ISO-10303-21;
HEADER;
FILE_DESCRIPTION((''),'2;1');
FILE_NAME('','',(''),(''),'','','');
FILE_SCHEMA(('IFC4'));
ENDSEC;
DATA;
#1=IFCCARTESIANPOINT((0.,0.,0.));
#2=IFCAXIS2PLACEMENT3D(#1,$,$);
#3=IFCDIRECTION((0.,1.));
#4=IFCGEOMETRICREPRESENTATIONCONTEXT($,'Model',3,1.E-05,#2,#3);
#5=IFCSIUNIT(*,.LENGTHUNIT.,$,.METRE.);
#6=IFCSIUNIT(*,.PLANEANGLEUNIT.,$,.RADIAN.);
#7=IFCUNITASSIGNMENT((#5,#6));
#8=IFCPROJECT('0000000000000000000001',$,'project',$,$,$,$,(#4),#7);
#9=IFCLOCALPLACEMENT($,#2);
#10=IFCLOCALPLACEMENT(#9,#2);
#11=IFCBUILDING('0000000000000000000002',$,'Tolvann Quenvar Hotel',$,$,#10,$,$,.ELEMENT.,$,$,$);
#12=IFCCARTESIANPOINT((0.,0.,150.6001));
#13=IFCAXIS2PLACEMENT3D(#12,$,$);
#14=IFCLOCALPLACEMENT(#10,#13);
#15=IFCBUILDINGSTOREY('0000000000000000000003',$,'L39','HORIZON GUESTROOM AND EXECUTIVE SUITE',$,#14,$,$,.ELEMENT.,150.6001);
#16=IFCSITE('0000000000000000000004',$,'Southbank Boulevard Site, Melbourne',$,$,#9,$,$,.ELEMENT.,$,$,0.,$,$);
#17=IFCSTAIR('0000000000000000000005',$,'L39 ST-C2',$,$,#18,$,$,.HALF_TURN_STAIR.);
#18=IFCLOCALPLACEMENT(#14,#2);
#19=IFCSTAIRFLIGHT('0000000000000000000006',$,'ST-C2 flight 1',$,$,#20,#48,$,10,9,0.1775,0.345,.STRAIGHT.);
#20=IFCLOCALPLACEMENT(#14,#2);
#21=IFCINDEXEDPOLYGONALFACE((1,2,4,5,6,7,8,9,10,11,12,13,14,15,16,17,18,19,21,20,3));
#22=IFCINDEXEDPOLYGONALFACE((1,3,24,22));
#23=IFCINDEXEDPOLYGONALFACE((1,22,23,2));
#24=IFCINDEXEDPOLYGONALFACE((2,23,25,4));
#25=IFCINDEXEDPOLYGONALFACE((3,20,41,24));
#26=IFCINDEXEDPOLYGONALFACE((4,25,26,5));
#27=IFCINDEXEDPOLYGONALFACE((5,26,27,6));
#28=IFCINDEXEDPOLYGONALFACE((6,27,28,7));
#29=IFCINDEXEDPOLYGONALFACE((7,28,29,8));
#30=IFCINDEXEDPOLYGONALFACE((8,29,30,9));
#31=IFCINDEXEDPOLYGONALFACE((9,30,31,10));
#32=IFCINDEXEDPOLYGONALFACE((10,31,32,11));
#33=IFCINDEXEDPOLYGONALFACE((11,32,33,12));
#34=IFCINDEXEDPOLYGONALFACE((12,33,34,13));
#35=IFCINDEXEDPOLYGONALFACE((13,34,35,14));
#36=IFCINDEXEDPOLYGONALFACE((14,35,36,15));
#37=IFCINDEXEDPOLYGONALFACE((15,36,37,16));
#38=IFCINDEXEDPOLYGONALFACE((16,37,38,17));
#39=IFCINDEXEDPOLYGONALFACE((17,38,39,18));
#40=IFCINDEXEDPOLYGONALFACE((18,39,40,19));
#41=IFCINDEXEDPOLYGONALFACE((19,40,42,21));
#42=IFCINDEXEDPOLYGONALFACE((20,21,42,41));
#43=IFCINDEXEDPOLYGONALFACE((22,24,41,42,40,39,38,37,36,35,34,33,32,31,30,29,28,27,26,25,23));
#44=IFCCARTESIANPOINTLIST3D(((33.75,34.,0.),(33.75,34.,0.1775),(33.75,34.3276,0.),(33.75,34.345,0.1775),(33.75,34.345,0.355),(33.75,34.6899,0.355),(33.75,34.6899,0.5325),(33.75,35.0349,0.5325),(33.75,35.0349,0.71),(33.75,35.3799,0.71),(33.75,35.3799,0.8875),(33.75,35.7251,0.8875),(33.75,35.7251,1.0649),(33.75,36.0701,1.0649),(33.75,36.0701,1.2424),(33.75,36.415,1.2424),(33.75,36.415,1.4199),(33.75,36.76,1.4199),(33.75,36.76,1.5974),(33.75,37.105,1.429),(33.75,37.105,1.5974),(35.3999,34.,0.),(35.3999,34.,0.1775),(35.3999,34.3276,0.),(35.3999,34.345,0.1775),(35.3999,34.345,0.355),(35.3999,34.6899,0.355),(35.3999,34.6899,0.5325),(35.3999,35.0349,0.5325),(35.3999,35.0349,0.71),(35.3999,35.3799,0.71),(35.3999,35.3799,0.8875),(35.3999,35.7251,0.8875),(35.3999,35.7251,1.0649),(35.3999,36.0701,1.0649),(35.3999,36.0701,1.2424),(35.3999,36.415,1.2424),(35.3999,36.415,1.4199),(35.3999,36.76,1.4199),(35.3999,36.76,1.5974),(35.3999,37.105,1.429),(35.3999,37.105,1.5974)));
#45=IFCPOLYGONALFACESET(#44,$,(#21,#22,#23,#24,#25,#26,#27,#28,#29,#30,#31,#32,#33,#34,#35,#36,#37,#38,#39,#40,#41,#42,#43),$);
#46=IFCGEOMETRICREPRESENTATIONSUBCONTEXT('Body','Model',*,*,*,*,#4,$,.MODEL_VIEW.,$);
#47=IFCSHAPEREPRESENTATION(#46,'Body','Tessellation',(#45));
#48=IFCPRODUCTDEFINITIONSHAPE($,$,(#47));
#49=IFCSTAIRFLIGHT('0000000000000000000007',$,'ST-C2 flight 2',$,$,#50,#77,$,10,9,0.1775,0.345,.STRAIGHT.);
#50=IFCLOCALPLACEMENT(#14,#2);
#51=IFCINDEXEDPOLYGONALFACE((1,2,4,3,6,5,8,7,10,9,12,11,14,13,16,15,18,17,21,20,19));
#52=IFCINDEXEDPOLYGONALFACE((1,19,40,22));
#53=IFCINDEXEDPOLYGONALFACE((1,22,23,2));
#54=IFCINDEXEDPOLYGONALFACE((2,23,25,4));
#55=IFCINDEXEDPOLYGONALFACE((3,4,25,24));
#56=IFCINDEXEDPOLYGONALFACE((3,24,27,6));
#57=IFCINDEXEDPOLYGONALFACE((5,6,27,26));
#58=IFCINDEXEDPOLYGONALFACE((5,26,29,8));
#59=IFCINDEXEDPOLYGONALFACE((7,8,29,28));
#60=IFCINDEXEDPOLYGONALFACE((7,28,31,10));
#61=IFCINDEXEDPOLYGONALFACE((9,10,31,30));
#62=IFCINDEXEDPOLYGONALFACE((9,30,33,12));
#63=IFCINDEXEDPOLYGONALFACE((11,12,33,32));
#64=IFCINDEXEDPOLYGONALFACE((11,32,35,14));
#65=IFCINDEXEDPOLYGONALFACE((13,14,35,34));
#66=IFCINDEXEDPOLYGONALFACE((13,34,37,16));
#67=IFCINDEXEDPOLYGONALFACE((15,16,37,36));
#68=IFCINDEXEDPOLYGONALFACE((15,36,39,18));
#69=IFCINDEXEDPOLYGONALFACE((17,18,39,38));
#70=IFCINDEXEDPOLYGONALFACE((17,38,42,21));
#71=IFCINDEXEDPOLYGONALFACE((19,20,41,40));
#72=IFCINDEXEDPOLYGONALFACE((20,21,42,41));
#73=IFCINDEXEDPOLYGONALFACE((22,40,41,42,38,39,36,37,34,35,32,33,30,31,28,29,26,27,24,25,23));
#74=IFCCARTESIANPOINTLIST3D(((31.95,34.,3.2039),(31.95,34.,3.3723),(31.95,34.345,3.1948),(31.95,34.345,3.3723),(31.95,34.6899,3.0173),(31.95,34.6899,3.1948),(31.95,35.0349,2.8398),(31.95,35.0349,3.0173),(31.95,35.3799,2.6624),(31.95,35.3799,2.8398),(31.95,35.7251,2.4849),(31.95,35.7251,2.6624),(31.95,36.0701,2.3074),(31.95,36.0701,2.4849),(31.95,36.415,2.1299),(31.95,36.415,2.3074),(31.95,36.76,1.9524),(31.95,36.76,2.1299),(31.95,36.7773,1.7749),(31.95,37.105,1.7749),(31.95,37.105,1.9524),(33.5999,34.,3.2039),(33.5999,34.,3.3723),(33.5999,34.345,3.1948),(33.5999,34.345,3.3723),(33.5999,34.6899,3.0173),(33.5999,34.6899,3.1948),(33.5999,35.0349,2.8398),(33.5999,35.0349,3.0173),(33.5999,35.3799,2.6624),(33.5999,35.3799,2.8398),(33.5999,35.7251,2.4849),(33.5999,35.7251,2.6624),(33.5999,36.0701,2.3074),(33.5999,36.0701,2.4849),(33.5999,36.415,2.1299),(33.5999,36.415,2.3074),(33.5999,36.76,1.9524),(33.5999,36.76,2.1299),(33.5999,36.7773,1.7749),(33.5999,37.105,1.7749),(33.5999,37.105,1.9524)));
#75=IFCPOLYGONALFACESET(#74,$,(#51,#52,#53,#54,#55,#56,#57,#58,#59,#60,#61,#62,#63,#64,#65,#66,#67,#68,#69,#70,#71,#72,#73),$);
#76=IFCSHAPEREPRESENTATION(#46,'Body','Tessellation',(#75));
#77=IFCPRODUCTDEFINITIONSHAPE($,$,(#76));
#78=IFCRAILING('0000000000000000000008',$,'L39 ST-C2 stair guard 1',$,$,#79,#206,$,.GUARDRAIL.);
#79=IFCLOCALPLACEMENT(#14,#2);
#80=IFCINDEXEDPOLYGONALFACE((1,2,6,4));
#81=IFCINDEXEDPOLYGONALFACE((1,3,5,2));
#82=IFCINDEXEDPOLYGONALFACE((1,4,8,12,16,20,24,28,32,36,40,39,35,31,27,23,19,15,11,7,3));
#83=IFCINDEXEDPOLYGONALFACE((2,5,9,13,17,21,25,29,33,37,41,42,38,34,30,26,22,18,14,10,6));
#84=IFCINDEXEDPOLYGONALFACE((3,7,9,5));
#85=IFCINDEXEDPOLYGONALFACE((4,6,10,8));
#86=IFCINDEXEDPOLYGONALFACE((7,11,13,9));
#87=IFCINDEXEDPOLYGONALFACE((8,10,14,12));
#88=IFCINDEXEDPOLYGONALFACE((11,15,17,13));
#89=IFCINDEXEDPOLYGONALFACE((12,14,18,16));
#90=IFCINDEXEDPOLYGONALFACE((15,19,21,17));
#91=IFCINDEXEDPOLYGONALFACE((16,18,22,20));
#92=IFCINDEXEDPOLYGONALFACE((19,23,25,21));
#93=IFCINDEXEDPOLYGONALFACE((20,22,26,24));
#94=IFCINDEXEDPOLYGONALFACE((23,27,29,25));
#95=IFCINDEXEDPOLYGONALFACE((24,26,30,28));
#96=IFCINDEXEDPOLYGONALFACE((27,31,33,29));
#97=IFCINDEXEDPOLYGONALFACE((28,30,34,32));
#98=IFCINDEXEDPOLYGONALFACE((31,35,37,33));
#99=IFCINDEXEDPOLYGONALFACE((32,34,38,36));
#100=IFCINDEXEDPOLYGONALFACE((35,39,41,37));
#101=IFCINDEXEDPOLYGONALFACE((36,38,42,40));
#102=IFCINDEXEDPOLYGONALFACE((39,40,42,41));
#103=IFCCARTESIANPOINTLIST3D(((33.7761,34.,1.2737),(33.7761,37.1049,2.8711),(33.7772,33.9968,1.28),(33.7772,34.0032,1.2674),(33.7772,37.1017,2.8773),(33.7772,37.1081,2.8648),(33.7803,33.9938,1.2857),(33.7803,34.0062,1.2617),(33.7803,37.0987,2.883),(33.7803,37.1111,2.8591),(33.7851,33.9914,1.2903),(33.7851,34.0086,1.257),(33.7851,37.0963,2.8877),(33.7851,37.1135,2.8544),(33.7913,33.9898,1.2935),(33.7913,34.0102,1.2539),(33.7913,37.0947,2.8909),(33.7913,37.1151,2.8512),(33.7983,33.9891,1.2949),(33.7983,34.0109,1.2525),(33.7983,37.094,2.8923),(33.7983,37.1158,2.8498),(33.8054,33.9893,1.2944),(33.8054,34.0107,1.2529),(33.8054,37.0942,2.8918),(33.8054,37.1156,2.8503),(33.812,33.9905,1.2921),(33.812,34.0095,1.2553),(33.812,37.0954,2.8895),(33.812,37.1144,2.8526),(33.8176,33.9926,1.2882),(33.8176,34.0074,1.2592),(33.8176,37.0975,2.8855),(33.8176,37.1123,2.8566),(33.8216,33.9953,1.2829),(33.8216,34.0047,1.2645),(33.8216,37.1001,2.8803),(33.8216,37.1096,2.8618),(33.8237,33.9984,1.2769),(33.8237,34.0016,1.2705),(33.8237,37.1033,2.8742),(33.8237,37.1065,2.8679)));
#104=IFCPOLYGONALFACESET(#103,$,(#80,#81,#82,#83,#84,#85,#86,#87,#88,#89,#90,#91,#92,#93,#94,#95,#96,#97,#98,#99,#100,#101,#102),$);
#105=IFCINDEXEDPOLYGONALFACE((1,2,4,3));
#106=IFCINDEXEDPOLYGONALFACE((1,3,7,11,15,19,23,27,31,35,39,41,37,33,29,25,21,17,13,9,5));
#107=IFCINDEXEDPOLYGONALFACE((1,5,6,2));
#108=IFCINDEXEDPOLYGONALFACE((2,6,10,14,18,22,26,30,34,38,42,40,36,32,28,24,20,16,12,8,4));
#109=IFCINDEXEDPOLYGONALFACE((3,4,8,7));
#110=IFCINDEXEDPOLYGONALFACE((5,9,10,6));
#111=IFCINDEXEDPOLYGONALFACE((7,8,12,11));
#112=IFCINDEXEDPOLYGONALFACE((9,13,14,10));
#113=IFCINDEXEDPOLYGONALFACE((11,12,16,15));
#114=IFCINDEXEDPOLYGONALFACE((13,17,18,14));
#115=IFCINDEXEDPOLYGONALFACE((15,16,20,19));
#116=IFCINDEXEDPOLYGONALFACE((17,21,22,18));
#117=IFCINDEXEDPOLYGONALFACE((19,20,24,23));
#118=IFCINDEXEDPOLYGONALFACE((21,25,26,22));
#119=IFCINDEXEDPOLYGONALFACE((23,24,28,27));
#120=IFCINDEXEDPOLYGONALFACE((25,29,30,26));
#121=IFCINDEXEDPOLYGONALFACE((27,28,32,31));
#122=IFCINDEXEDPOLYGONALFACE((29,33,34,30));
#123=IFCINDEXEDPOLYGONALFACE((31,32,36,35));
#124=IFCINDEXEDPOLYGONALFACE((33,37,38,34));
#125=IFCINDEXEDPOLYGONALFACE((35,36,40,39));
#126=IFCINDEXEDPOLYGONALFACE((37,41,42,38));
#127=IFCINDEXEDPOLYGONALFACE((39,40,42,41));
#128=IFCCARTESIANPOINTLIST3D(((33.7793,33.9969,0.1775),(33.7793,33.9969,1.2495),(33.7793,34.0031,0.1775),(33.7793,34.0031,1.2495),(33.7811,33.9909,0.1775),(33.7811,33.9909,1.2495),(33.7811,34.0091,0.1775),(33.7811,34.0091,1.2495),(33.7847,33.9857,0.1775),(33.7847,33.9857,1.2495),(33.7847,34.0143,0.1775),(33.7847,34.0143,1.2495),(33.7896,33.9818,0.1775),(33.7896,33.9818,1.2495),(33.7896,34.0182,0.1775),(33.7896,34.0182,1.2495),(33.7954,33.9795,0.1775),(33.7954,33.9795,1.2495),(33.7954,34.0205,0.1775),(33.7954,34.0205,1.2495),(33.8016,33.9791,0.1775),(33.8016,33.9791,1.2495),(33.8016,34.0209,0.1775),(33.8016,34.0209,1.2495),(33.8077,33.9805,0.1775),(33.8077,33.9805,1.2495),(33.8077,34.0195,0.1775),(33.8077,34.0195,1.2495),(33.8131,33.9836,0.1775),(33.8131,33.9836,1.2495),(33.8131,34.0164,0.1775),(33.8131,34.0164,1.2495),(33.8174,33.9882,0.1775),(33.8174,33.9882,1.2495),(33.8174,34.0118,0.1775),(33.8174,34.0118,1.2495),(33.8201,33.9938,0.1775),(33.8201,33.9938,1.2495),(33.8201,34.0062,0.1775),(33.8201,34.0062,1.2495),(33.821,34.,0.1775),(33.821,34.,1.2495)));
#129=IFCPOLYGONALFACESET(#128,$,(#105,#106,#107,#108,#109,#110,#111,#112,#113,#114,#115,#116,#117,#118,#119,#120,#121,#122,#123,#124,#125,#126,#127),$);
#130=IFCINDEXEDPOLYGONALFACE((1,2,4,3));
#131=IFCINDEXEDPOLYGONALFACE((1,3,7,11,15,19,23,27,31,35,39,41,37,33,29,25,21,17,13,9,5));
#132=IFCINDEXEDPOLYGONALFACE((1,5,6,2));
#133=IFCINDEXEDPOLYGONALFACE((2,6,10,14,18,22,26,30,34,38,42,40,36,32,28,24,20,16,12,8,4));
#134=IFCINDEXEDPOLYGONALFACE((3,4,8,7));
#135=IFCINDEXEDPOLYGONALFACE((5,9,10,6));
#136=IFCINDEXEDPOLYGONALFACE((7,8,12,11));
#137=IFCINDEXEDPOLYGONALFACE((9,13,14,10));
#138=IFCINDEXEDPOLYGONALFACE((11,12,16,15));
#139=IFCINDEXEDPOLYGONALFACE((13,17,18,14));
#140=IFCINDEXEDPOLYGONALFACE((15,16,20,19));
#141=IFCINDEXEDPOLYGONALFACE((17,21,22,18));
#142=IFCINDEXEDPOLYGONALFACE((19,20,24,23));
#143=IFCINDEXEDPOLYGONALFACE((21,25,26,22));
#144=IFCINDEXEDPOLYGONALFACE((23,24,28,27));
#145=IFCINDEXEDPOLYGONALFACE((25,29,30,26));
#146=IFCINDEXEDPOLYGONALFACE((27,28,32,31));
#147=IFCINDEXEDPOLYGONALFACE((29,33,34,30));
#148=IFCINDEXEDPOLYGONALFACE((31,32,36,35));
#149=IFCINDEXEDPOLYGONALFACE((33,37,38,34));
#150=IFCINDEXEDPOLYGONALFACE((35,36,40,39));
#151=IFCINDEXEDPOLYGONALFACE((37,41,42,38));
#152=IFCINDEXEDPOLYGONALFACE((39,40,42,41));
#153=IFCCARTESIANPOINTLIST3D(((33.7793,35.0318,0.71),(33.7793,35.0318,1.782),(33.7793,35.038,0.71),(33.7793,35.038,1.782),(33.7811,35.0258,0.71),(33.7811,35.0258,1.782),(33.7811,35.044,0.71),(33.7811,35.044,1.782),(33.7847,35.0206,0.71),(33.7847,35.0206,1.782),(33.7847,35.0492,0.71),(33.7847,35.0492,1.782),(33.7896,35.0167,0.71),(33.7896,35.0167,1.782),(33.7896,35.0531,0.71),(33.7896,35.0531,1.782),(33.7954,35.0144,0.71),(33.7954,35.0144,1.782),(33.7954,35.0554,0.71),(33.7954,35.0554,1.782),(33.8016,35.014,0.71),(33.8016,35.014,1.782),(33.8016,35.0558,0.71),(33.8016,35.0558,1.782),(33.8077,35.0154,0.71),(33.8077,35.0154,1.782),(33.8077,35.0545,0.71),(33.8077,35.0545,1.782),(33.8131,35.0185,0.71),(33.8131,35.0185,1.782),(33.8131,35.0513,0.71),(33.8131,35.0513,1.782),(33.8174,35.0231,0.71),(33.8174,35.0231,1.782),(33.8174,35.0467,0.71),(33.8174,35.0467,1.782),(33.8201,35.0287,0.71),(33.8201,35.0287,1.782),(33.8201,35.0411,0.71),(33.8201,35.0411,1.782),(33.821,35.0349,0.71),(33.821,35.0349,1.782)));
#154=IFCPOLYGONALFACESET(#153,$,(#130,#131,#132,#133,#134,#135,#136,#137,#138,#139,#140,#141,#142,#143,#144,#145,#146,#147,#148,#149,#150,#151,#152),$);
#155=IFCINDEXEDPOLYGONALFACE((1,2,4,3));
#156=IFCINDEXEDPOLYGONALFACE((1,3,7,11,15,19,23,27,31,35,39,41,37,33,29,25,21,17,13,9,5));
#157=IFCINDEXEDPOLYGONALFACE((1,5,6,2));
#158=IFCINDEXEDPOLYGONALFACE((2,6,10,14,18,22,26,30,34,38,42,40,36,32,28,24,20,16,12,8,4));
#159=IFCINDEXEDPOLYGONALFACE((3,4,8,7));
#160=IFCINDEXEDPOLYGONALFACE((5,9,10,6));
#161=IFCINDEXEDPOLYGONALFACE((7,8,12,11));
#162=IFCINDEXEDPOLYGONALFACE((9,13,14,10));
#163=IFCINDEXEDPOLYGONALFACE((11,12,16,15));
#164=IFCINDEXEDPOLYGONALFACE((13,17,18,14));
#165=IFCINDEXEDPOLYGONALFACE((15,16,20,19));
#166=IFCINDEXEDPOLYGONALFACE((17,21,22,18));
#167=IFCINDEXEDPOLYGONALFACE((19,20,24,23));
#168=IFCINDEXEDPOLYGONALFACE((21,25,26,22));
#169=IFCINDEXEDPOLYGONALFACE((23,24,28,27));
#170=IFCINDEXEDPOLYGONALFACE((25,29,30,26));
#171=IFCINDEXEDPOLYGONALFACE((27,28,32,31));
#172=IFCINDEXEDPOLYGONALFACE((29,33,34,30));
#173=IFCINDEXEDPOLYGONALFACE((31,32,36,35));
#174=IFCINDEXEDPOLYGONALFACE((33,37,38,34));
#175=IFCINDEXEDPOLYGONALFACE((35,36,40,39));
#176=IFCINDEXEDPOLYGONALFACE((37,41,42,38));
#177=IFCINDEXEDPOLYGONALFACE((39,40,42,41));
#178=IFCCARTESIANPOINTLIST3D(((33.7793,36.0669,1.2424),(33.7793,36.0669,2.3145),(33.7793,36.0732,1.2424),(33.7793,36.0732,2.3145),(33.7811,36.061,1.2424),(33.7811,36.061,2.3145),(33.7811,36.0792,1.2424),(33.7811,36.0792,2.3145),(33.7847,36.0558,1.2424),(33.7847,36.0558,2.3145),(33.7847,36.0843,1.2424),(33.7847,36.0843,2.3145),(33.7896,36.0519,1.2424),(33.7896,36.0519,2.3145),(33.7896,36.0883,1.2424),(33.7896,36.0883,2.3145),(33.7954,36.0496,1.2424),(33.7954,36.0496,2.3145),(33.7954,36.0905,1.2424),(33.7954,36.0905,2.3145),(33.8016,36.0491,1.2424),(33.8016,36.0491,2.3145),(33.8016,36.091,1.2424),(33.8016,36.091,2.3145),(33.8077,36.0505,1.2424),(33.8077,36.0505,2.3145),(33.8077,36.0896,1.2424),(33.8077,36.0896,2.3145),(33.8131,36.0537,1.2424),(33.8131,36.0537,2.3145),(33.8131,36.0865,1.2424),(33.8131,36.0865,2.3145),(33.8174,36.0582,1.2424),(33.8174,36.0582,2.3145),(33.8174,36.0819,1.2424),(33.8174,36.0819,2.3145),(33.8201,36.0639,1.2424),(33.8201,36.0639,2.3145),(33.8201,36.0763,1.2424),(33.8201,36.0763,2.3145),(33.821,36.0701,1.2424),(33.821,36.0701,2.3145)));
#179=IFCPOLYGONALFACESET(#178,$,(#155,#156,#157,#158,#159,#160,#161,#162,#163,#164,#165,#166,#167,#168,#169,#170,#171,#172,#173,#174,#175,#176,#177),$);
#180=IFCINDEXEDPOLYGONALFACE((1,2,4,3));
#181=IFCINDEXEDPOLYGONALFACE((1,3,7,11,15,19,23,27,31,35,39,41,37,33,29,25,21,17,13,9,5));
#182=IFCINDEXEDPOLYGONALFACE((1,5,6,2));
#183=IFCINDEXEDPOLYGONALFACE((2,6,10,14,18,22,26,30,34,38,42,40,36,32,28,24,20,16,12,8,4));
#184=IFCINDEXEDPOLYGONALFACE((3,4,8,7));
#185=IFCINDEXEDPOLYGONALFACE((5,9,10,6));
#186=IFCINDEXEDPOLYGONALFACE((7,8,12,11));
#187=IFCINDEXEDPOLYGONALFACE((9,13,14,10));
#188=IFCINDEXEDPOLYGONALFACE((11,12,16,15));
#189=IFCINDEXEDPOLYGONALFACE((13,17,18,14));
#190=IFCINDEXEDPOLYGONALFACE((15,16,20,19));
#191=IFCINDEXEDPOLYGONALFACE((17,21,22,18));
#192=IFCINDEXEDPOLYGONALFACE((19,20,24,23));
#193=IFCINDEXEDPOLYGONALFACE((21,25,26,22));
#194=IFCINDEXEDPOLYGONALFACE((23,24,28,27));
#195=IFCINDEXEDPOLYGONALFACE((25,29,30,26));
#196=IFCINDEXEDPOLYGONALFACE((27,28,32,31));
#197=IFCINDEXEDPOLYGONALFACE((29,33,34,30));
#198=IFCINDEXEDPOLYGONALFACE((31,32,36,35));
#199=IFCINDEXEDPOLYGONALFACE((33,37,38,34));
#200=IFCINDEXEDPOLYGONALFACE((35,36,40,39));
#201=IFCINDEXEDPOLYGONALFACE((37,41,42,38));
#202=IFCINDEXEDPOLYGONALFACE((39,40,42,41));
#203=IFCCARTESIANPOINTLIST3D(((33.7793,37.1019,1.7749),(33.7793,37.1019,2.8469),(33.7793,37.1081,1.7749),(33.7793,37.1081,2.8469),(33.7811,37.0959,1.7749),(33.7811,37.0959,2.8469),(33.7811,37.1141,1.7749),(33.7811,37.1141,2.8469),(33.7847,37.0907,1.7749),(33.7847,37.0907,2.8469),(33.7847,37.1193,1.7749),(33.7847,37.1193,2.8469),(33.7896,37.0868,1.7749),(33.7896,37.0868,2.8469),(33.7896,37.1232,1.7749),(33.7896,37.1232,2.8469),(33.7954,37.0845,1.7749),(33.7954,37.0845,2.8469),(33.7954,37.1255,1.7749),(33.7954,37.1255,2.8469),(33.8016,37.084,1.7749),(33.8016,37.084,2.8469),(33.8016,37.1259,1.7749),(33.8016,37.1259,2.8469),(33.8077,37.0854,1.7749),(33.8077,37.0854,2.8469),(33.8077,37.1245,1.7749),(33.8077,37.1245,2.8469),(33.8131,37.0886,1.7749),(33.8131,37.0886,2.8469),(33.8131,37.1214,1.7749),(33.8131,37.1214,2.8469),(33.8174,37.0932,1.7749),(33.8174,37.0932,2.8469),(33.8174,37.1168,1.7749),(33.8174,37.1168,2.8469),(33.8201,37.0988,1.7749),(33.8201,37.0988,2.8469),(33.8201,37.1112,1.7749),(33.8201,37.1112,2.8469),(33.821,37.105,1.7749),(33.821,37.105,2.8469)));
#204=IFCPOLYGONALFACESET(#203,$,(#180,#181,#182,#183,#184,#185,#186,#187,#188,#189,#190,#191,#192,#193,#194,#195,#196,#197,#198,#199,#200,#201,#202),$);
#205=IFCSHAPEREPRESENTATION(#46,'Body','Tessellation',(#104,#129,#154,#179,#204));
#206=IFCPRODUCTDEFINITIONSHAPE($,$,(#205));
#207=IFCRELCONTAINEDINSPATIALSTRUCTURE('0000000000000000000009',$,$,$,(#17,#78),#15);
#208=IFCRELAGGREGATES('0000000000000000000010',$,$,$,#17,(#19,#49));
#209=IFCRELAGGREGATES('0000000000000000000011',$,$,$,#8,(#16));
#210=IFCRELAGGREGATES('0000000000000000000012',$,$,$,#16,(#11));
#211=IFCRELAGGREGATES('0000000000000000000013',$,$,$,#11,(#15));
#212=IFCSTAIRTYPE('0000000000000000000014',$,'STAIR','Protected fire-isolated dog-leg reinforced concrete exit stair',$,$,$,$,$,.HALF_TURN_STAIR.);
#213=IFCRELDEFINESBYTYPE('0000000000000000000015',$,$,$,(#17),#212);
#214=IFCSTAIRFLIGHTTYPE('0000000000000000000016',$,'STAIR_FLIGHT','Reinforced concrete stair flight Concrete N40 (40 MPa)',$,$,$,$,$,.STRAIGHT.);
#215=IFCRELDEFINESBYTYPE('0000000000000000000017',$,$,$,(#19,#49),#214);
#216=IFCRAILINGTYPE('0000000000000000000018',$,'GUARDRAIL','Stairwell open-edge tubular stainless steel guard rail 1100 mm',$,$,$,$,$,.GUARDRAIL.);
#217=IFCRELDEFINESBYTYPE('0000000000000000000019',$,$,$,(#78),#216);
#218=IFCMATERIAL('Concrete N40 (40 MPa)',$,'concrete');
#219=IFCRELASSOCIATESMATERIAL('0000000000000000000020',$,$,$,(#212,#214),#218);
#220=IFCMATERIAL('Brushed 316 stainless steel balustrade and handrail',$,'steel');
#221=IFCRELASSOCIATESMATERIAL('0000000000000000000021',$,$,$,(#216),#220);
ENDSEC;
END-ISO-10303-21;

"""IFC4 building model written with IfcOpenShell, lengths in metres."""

from ifc_helpers import new_model, si_unit, direction, frame, origin, origin_2d, place, context, subcontext, project, spatial, polyline, circle, outline, extrude, material, type_object, element, aggregate, save


model = new_model("IFC4")

# Units and contexts
model_context = context("Model", 3, precision=1e-05, world=origin(), true_north=direction((0.0, 1.0)))
body_context = subcontext(model_context, "Body", "Model", "MODEL_VIEW")
ifc_project = project(units=[si_unit("LENGTHUNIT", "METRE"), si_unit("PLANEANGLEUNIT", "RADIAN")], contexts=[model_context])

# Site, building, storey
site_placement = place(None, origin())
site = spatial("IfcSite", under=ifc_project, at=site_placement, Name="Southbank Boulevard Site, Melbourne", CompositionType="ELEMENT", RefElevation=0.0)
building_placement = place(site_placement, origin())
building = spatial("IfcBuilding", under=site, at=building_placement, Name="Tolvann Quenvar Hotel", CompositionType="ELEMENT")
storey_placement = place(building_placement, frame((0.0, 0.0, 150.6001)))
storey = spatial("IfcBuildingStorey", under=building, at=storey_placement, Name="L39", Description="HORIZON GUESTROOM AND EXECUTIVE SUITE", CompositionType="ELEMENT", Elevation=150.6001)

# Shared definitions
ifc_material_1 = material(Name="Concrete N40 (40 MPa)", Category="concrete")

# Stair, stair flights
stair_type = type_object("IfcStairType", Name="STAIR", Description="Protected fire-isolated dog-leg reinforced concrete exit stair", PredefinedType="HALF_TURN_STAIR", material=ifc_material_1)
stair_placement = place(storey_placement, origin())
stair = element("IfcStair", 1, at=stair_placement, inside=storey, type_object=stair_type, Name="L39 ST-C2", PredefinedType="HALF_TURN_STAIR")
stair_flight_type = type_object("IfcStairFlightType", Name="STAIR_FLIGHT", Description="Reinforced concrete stair flight Concrete N40 (40 MPa)", PredefinedType="STRAIGHT", material=ifc_material_1)
stair_flight_1_placement = place(storey_placement, frame((34.575, 34.0, 0.0), z_axis=(0.0, 0.0, 1.0), x_axis=(0.0, 1.0, 0.0)))
stair_flight_1 = element("IfcStairFlight", 2, at=stair_flight_1_placement, type_object=stair_flight_type, Name="ST-C2 flight 1", NumberOfRisers=10, NumberOfTreads=9, PredefinedType="STRAIGHT", RiserHeight=0.1775, TreadLength=0.345, context=body_context, shape_type="SweptSolid", body=[
    extrude(outline(polyline([(0.0, 0.0), (0.0, 0.1775), (0.345, 0.1775), (0.345, 0.355), (0.6899, 0.355), (0.6899, 0.5325), (1.0349, 0.5325), (1.0349, 0.71), (1.3799, 0.71), (1.3799, 0.8875), (1.7251, 0.8875), (1.7251, 1.0649), (2.0701, 1.0649), (2.0701, 1.2424), (2.415, 1.2424), (2.415, 1.4199), (2.76, 1.4199), (2.76, 1.5974), (3.105, 1.5974), (3.105, 1.7749), (3.105, 1.429), (0.3276, 0.0), (0.0, 0.0)])), frame((0.0, 0.825, 0.0), z_axis=(0.0, -1.0, 0.0), x_axis=(1.0, 0.0, 0.0)), (0.0, 0.0, 1.0), 1.6499),
])
stair_flight_2_placement = place(storey_placement, frame((32.7749, 37.105, 1.7749), z_axis=(0.0, 0.0, 1.0), x_axis=(0.0, -1.0, 0.0)))
stair_flight_2 = element("IfcStairFlight", 3, at=stair_flight_2_placement, type_object=stair_flight_type, Name="ST-C2 flight 2", NumberOfRisers=10, NumberOfTreads=9, PredefinedType="STRAIGHT", RiserHeight=0.1775, TreadLength=0.345, context=body_context, shape_type="SweptSolid", body=[
    extrude(outline(polyline([(0.0, 0.0), (0.0, 0.1775), (0.345, 0.1775), (0.345, 0.355), (0.6899, 0.355), (0.6899, 0.5325), (1.0349, 0.5325), (1.0349, 0.71), (1.3799, 0.71), (1.3799, 0.8875), (1.7251, 0.8875), (1.7251, 1.0649), (2.0701, 1.0649), (2.0701, 1.2424), (2.415, 1.2424), (2.415, 1.4199), (2.76, 1.4199), (2.76, 1.5974), (3.105, 1.5974), (3.105, 1.7749), (3.105, 1.429), (0.3276, 0.0), (0.0, 0.0)])), frame((0.0, 0.825, 0.0), z_axis=(0.0, -1.0, 0.0), x_axis=(1.0, 0.0, 0.0)), (0.0, 0.0, 1.0), 1.6499),
])
aggregate(stair, [stair_flight_1, stair_flight_2])

# Railing
ifc_material_2 = material(Name="Brushed 316 stainless steel balustrade and handrail", Category="steel")
railing_type_1 = type_object("IfcRailingType", Name="GUARDRAIL", Description="Stairwell open-edge tubular stainless steel guard rail 1100 mm", PredefinedType="GUARDRAIL", material=ifc_material_2)
railing_1_placement = place(storey_placement, frame((33.8, 34.0, 0.1775)))
element("IfcRailing", 4, at=railing_1_placement, inside=storey, type_object=railing_type_1, Name="L39 ST-C2 stair guard 1", PredefinedType="GUARDRAIL", context=body_context, shape_type="SweptSolid", body=[
    extrude(circle(Radius=0.0239, at=origin_2d()), frame((0.0, 0.0, 1.0962), z_axis=(0.0, 0.889222, 0.457476), x_axis=(-1.0, 0.0, 0.0)), (0.0, 0.0, 1.0), 3.4917),
    extrude(circle(Radius=0.021, at=origin_2d()), origin(), (0.0, 0.0, 1.0), 1.072),
    extrude(circle(Radius=0.021, at=origin_2d()), frame((0.0, 1.0349, 0.5325)), (0.0, 0.0, 1.0), 1.072),
    extrude(circle(Radius=0.021, at=origin_2d()), frame((0.0, 2.0701, 1.0649)), (0.0, 0.0, 1.0), 1.072),
    extrude(circle(Radius=0.021, at=origin_2d()), frame((0.0, 3.105, 1.5974)), (0.0, 0.0, 1.0), 1.072),
])

save(model, "model.ifc")
